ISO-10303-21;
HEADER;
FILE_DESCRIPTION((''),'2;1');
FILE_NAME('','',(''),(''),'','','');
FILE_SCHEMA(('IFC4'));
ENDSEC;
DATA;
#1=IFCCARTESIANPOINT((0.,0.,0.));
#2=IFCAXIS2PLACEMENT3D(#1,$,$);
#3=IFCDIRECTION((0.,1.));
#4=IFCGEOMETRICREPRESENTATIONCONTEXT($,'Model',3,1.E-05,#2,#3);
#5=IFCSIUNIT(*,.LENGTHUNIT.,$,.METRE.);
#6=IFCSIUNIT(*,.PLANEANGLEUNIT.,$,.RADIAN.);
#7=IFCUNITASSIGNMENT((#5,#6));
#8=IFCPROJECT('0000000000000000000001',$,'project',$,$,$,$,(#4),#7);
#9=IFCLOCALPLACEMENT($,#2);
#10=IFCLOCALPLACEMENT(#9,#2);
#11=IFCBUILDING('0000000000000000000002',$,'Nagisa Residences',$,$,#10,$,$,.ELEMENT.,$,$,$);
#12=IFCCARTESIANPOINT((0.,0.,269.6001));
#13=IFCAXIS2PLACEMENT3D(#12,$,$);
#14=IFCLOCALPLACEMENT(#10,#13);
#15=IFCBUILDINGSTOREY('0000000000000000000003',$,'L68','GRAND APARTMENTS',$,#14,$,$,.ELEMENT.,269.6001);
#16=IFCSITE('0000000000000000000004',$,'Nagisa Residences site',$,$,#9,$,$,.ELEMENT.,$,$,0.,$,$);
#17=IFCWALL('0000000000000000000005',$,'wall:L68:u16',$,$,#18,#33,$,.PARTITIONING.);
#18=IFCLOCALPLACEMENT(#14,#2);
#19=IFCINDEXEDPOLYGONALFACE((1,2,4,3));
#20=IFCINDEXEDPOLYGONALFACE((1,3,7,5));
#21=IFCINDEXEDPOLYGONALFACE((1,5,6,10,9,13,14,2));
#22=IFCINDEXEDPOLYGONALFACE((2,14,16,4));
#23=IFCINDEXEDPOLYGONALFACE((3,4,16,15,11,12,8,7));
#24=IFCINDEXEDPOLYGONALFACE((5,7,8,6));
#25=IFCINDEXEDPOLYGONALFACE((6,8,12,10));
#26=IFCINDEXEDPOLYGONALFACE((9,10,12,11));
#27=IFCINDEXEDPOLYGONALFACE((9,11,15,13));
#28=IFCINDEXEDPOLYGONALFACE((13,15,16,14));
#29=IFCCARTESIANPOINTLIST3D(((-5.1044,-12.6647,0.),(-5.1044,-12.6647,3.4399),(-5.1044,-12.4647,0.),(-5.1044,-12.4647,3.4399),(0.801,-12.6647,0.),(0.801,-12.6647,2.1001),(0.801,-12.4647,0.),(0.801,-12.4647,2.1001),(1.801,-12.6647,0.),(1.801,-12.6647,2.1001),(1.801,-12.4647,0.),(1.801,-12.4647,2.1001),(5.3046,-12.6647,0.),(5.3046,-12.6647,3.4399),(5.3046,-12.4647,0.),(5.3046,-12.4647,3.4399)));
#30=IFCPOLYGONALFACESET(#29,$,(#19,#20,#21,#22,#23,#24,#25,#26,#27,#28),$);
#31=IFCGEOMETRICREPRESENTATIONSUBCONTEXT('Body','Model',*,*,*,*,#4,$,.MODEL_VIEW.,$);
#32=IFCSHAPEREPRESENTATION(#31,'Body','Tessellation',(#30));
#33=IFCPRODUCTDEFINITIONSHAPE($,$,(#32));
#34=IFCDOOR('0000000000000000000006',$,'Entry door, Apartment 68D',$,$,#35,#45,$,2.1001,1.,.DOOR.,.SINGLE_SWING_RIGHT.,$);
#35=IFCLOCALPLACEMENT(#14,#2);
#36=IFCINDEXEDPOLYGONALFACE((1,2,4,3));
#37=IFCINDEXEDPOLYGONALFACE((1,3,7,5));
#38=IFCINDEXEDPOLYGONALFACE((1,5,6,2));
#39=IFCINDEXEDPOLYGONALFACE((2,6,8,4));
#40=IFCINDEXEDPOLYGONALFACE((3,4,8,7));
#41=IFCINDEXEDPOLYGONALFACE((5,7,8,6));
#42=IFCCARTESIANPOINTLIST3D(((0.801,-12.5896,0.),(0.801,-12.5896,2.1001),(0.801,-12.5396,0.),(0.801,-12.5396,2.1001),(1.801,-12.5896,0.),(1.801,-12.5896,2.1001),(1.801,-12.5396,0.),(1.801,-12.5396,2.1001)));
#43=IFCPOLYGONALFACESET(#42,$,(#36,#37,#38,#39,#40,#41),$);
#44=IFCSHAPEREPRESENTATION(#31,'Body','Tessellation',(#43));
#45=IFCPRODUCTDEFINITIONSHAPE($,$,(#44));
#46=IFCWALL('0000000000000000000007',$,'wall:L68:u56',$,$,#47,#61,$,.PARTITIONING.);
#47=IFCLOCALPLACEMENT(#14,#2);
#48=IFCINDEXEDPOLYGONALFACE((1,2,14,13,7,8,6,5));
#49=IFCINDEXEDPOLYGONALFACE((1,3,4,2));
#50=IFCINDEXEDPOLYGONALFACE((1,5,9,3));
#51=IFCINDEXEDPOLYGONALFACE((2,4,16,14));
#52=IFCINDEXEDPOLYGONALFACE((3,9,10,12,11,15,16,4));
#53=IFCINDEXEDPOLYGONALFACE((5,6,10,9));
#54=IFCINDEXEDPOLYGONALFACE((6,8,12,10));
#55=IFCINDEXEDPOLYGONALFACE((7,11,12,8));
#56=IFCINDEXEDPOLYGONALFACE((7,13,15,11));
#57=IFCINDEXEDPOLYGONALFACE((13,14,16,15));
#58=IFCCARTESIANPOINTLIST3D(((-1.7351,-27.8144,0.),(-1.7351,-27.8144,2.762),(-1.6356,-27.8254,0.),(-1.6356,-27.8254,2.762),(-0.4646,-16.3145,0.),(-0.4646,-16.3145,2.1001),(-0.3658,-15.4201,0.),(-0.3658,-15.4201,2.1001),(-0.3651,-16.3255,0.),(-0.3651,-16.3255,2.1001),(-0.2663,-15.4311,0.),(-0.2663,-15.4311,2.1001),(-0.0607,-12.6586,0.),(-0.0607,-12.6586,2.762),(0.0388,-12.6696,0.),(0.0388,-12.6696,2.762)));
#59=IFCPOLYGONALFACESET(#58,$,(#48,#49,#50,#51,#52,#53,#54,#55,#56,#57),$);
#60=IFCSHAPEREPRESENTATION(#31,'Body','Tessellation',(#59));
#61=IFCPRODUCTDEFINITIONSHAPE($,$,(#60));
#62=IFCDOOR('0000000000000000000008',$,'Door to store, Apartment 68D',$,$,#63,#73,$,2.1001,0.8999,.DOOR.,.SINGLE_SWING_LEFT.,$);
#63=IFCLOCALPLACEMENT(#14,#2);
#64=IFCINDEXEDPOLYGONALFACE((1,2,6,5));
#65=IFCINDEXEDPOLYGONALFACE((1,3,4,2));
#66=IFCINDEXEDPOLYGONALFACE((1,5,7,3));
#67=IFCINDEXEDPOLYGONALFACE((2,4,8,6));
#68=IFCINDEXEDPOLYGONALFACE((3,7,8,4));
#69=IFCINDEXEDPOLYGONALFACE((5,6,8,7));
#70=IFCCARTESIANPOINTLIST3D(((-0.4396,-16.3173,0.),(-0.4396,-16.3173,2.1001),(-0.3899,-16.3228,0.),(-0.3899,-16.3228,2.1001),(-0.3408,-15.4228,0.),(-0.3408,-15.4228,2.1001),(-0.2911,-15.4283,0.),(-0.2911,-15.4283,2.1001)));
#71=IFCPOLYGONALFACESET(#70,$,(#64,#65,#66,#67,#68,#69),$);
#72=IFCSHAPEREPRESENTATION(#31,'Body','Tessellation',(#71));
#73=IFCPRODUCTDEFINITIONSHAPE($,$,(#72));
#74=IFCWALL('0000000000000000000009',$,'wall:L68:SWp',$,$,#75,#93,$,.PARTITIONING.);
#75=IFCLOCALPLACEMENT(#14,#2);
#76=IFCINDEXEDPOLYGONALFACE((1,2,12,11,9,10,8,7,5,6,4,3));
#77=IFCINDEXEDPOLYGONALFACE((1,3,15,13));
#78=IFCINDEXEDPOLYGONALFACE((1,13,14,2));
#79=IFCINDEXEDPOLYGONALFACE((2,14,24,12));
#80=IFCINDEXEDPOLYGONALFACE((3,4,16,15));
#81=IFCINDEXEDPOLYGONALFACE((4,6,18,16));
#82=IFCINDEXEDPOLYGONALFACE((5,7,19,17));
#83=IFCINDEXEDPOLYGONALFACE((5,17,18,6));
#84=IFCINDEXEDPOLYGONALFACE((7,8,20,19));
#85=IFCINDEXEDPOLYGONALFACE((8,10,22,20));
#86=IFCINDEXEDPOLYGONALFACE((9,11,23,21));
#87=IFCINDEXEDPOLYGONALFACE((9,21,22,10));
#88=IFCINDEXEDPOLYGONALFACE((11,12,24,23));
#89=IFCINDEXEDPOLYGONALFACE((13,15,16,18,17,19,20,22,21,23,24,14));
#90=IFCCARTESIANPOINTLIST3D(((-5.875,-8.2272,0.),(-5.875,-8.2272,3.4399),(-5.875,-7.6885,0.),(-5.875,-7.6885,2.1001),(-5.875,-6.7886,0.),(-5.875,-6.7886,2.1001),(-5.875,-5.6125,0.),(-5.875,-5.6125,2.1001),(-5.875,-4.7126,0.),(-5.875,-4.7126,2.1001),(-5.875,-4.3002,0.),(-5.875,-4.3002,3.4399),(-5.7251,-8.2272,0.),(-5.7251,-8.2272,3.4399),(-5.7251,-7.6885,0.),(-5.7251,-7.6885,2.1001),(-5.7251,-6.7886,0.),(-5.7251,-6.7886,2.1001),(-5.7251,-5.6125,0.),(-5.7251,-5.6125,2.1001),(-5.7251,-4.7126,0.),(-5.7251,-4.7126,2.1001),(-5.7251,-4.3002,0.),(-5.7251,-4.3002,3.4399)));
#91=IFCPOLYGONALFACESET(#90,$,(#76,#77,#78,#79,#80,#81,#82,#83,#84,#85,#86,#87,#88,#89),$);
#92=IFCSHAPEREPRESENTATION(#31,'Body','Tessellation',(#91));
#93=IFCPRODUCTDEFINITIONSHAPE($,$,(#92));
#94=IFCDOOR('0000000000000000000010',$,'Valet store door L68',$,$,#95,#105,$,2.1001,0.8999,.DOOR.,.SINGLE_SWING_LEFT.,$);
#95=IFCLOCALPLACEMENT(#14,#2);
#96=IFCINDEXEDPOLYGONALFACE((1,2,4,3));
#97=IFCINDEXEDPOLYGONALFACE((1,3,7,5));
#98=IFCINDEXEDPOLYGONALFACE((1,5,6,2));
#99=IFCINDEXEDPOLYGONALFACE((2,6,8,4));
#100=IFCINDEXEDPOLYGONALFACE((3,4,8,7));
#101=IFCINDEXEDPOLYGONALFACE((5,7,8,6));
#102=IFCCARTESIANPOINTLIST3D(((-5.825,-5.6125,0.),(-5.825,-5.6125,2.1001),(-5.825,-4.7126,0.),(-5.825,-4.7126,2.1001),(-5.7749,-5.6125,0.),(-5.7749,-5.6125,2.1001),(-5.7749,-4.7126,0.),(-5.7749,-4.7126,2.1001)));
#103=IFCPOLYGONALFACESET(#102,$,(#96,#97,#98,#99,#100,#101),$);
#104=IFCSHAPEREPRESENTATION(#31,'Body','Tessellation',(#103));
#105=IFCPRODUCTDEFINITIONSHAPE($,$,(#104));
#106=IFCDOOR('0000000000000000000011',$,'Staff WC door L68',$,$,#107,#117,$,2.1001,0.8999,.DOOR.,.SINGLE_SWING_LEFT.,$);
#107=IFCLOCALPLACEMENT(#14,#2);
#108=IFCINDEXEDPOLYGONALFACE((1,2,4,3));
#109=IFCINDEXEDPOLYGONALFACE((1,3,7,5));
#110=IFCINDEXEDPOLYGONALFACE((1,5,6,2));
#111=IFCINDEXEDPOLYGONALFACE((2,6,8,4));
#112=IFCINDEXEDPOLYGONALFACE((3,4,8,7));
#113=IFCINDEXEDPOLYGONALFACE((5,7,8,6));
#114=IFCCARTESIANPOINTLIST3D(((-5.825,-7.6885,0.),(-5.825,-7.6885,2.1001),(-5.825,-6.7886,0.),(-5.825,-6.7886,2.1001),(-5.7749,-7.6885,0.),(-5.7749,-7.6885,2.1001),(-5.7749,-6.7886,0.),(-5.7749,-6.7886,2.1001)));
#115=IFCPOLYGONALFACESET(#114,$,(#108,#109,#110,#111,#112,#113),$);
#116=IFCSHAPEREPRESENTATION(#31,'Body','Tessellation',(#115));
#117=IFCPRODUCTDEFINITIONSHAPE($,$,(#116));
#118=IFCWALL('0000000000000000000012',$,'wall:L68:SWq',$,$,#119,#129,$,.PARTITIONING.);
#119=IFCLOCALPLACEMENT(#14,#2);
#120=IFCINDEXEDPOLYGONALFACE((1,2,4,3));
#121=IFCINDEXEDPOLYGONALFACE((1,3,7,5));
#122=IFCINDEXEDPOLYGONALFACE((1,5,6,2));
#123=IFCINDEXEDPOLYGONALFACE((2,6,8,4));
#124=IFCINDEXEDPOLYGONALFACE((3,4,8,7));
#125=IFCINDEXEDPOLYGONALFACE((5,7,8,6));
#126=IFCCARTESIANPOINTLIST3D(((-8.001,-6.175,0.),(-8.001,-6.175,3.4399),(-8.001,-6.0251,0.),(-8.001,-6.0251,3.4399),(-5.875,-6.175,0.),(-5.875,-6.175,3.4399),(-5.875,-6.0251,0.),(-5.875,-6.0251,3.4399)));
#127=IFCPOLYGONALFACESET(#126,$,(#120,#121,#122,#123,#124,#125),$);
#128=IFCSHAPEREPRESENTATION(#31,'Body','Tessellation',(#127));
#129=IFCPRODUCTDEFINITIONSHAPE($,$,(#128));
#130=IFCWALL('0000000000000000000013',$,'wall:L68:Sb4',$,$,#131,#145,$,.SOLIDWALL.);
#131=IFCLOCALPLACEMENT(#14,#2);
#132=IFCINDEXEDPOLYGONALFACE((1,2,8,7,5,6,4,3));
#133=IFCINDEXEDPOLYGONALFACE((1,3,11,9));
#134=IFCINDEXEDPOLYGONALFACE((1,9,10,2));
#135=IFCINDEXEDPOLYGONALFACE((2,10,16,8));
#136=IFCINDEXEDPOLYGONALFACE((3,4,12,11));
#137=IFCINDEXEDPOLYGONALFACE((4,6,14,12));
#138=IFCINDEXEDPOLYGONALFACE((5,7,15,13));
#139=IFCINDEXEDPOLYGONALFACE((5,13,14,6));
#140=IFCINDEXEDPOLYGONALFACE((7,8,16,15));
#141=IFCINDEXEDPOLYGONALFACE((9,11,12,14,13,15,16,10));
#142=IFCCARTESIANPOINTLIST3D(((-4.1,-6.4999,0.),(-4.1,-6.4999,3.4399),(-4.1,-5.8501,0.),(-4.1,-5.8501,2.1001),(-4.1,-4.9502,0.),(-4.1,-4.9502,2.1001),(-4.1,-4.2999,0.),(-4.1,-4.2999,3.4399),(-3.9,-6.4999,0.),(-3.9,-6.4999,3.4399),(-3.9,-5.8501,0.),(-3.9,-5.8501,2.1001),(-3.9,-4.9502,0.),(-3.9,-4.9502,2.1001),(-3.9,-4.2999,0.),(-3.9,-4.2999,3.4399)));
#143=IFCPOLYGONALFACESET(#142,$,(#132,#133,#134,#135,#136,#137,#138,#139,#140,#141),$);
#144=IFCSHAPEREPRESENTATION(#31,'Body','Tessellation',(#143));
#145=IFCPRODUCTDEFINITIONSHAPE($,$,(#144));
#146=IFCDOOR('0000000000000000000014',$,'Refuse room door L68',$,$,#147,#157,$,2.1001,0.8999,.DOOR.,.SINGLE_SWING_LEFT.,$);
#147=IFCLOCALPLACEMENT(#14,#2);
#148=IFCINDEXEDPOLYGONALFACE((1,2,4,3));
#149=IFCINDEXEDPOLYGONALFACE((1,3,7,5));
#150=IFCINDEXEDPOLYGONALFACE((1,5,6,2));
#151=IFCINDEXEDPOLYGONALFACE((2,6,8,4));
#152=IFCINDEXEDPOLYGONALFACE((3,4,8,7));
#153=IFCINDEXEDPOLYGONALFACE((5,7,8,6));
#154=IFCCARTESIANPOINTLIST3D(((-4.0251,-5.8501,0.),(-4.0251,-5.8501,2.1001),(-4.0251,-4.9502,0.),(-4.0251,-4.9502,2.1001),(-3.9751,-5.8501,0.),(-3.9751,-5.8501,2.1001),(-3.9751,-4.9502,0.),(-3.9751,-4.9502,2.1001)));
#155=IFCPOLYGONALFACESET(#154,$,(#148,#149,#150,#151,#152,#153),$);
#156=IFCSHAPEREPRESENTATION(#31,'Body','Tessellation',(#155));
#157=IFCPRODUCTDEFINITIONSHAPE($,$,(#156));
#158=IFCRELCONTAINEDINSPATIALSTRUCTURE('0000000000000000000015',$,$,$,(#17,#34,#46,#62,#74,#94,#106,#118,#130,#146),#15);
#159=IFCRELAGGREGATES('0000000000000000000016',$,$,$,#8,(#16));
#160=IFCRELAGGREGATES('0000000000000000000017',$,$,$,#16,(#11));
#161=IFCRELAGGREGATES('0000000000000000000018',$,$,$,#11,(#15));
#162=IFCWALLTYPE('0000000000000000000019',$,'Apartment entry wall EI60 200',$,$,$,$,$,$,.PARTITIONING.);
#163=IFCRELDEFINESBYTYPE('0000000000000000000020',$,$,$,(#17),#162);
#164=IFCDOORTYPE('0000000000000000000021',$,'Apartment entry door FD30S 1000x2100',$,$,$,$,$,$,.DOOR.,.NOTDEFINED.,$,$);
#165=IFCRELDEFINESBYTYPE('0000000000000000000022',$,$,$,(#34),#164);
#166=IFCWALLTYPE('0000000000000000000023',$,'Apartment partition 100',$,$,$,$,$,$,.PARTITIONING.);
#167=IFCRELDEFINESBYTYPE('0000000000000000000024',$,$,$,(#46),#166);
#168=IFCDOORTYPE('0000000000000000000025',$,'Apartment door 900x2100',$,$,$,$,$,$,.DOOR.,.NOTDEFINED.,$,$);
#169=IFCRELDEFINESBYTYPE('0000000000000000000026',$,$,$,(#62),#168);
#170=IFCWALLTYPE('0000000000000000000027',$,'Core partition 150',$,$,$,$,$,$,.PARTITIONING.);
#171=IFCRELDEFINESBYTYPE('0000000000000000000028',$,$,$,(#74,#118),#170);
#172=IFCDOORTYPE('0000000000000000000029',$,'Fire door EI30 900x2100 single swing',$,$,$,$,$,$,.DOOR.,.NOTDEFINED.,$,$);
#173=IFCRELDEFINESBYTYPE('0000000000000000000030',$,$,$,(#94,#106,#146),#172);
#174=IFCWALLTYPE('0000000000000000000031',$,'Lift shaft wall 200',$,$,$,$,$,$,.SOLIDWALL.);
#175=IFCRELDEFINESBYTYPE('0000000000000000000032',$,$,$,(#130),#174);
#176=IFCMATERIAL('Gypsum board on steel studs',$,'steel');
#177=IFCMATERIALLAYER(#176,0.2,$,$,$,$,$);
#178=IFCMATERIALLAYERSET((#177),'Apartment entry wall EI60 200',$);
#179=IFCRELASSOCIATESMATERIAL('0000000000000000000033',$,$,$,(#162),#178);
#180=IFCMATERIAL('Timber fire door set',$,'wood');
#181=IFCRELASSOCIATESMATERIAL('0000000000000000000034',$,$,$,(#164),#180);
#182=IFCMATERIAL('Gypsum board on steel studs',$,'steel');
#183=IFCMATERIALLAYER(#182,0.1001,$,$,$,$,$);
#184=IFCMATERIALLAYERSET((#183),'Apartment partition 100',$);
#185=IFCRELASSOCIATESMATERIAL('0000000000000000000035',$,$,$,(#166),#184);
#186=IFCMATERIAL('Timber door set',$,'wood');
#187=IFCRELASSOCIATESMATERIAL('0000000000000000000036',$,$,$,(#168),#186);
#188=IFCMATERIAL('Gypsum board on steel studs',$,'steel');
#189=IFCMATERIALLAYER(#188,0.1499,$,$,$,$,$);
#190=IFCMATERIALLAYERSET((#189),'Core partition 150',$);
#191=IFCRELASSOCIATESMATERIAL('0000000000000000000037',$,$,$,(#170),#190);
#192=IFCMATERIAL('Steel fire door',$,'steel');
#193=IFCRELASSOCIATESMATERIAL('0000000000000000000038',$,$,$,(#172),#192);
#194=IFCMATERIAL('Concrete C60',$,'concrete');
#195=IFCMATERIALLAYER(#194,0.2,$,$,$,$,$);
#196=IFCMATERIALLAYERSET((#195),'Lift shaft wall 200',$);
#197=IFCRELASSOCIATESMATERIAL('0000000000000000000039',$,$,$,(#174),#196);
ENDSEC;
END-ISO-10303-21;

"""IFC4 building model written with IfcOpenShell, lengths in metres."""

from ifc_helpers import new_model, si_unit, direction, frame, frame_2d, origin, place, context, subcontext, project, spatial, rectangle, extrude, material, layer, layer_set, type_object, element, fill, save


model = new_model("IFC4")

# Units and contexts
model_context = context("Model", 3, precision=1e-05, world=origin(), true_north=direction((0.0, 1.0)))
body_context = subcontext(model_context, "Body", "Model", "MODEL_VIEW")
ifc_project = project(units=[si_unit("LENGTHUNIT", "METRE"), si_unit("PLANEANGLEUNIT", "RADIAN")], contexts=[model_context])

# Site, building, storey
site_placement = place(None, origin())
site = spatial("IfcSite", under=ifc_project, at=site_placement, Name="Nagisa Residences site", CompositionType="ELEMENT", RefElevation=0.0)
building_placement = place(site_placement, origin())
building = spatial("IfcBuilding", under=site, at=building_placement, Name="Nagisa Residences", CompositionType="ELEMENT")
storey_placement = place(building_placement, frame((0.0, 0.0, 269.6001)))
storey = spatial("IfcBuildingStorey", under=building, at=storey_placement, Name="L68", Description="GRAND APARTMENTS", CompositionType="ELEMENT", Elevation=269.6001)

# Walls, openings, doors
ifc_material_1 = material(Name="Gypsum board on steel studs", Category="steel")
ifc_layer_1 = layer(ifc_material_1, 0.2)
ifc_layer_set_1 = layer_set([ifc_layer_1], Name="Apartment entry wall EI60 200")
wall_type_1 = type_object("IfcWallType", Name="Apartment entry wall EI60 200", PredefinedType="PARTITIONING", material=ifc_layer_set_1)
wall_1_placement = place(storey_placement, frame((-5.1045, -12.5647, 0.0), z_axis=(0.0, 0.0, 1.0), x_axis=(1.0, 0.0, 0.0)))
wall_1 = element("IfcWall", 1, at=wall_1_placement, inside=storey, type_object=wall_type_1, Name="wall:L68:u16", PredefinedType="PARTITIONING", context=body_context, shape_type="SweptSolid", body=[
    extrude(rectangle(XDim=10.4089, YDim=0.2, at=frame_2d((5.2046, 0.0))), origin(), (0.0, 0.0, 1.0), 3.4399),
])
opening_1_placement = place(wall_1_placement, frame((5.9055, 0.0, 0.0)))
opening_1 = element("IfcOpeningElement", 2, at=opening_1_placement, cuts=wall_1, PredefinedType="OPENING", context=body_context, shape_type="SweptSolid", body=[
    extrude(rectangle(XDim=1.0, YDim=2.1001, at=frame_2d((0.5, 1.05))), frame((0.0, 0.1099, 0.0), z_axis=(0.0, -1.0, 0.0), x_axis=(1.0, 0.0, 0.0)), (0.0, 0.0, 1.0), 0.22),
])
ifc_material_2 = material(Name="Timber fire door set", Category="wood")
door_type_1 = type_object("IfcDoorType", Name="Apartment entry door FD30S 1000x2100", OperationType="NOTDEFINED", PredefinedType="DOOR", material=ifc_material_2)
door_1_placement = place(opening_1_placement, frame((1.0, 0.0, 0.0), x_axis=(-1.0, 0.0, 0.0)))
door_1 = element("IfcDoor", 3, at=door_1_placement, inside=storey, type_object=door_type_1, Name="Entry door, Apartment 68D", OperationType="SINGLE_SWING_RIGHT", OverallHeight=2.1001, OverallWidth=1.0, PredefinedType="DOOR", context=body_context, shape_type="SweptSolid", body=[
    extrude(rectangle(XDim=1.0, YDim=2.1001, at=frame_2d((0.5, 1.05))), frame((0.0, 0.0249, 0.0), z_axis=(0.0, -1.0, 0.0), x_axis=(1.0, 0.0, 0.0)), (0.0, 0.0, 1.0), 0.05),
])
fill(opening_1, door_1)
ifc_material_3 = material(Name="Gypsum board on steel studs", Category="steel")
ifc_layer_2 = layer(ifc_material_3, 0.1001)
ifc_layer_set_2 = layer_set([ifc_layer_2], Name="Apartment partition 100")
wall_type_2 = type_object("IfcWallType", Name="Apartment partition 100", PredefinedType="PARTITIONING", material=ifc_layer_set_2)
wall_2_placement = place(storey_placement, frame((-0.011, -12.6641, 0.0), z_axis=(0.0, 0.0, 1.0), x_axis=(-0.109806, -0.993953, 0.0)))
wall_2 = element("IfcWall", 4, at=wall_2_placement, inside=storey, type_object=wall_type_2, Name="wall:L68:u56", PredefinedType="PARTITIONING", context=body_context, shape_type="SweptSolid", body=[
    extrude(rectangle(XDim=15.248, YDim=0.1001, at=frame_2d((7.624, 0.0))), origin(), (0.0, 0.0, 1.0), 2.762),
])
opening_2_placement = place(wall_2_placement, frame((2.7783, 0.0, 0.0)))
opening_2 = element("IfcOpeningElement", 5, at=opening_2_placement, cuts=wall_2, PredefinedType="OPENING", context=body_context, shape_type="SweptSolid", body=[
    extrude(rectangle(XDim=0.8999, YDim=2.1001, at=frame_2d((0.45, 1.05))), frame((0.0, 0.0601, 0.0), z_axis=(0.0, -1.0, 0.0), x_axis=(1.0, 0.0, 0.0)), (0.0, 0.0, 1.0), 0.1201),
])
ifc_material_4 = material(Name="Timber door set", Category="wood")
door_type_2 = type_object("IfcDoorType", Name="Apartment door 900x2100", OperationType="NOTDEFINED", PredefinedType="DOOR", material=ifc_material_4)
door_2_placement = place(opening_2_placement, frame((0.8999, 0.0, 0.0), x_axis=(-1.0, 0.0, 0.0)))
door_2 = element("IfcDoor", 6, at=door_2_placement, inside=storey, type_object=door_type_2, Name="Door to store, Apartment 68D", OperationType="SINGLE_SWING_LEFT", OverallHeight=2.1001, OverallWidth=0.8999, PredefinedType="DOOR", context=body_context, shape_type="SweptSolid", body=[
    extrude(rectangle(XDim=0.8999, YDim=2.1001, at=frame_2d((0.45, 1.05))), frame((0.0, 0.0249, 0.0), z_axis=(0.0, -1.0, 0.0), x_axis=(1.0, 0.0, 0.0)), (0.0, 0.0, 1.0), 0.05),
])
fill(opening_2, door_2)

# Wall, openings, doors
ifc_material_5 = material(Name="Gypsum board on steel studs", Category="steel")
ifc_layer_3 = layer(ifc_material_5, 0.1499)
ifc_layer_set_3 = layer_set([ifc_layer_3], Name="Core partition 150")
wall_type_3 = type_object("IfcWallType", Name="Core partition 150", PredefinedType="PARTITIONING", material=ifc_layer_set_3)
wall_3_placement = place(storey_placement, frame((-5.8, -8.2271, 0.0), z_axis=(0.0, 0.0, 1.0), x_axis=(0.0, 1.0, 0.0)))
wall_3 = element("IfcWall", 7, at=wall_3_placement, inside=storey, type_object=wall_type_3, Name="wall:L68:SWp", PredefinedType="PARTITIONING", context=body_context, shape_type="SweptSolid", body=[
    extrude(rectangle(XDim=3.927, YDim=0.1499, at=frame_2d((1.9634, 0.0))), origin(), (0.0, 0.0, 1.0), 3.4399),
])
opening_3_placement = place(wall_3_placement, frame((2.6145, 0.0, 0.0)))
opening_3 = element("IfcOpeningElement", 8, at=opening_3_placement, cuts=wall_3, PredefinedType="OPENING", context=body_context, shape_type="SweptSolid", body=[
    extrude(rectangle(XDim=0.8999, YDim=2.1001, at=frame_2d((0.45, 1.05))), frame((0.0, 0.085, 0.0), z_axis=(0.0, -1.0, 0.0), x_axis=(1.0, 0.0, 0.0)), (0.0, 0.0, 1.0), 0.1699),
])
opening_4_placement = place(wall_3_placement, frame((0.5386, 0.0, 0.0)))
opening_4 = element("IfcOpeningElement", 9, at=opening_4_placement, cuts=wall_3, PredefinedType="OPENING", context=body_context, shape_type="SweptSolid", body=[
    extrude(rectangle(XDim=0.8999, YDim=2.1001, at=frame_2d((0.45, 1.05))), frame((0.0, 0.085, 0.0), z_axis=(0.0, -1.0, 0.0), x_axis=(1.0, 0.0, 0.0)), (0.0, 0.0, 1.0), 0.1699),
])
ifc_material_6 = material(Name="Steel fire door", Category="steel")
door_type_3 = type_object("IfcDoorType", Name="Fire door EI30 900x2100 single swing", OperationType="NOTDEFINED", PredefinedType="DOOR", material=ifc_material_6)
door_3_placement = place(opening_3_placement, origin())
door_3 = element("IfcDoor", 10, at=door_3_placement, inside=storey, type_object=door_type_3, Name="Valet store door L68", OperationType="SINGLE_SWING_LEFT", OverallHeight=2.1001, OverallWidth=0.8999, PredefinedType="DOOR", context=body_context, shape_type="SweptSolid", body=[
    extrude(rectangle(XDim=0.8999, YDim=2.1001, at=frame_2d((0.45, 1.05))), frame((0.0, 0.0249, 0.0), z_axis=(0.0, -1.0, 0.0), x_axis=(1.0, 0.0, 0.0)), (0.0, 0.0, 1.0), 0.05),
])
fill(opening_3, door_3)
door_4_placement = place(opening_4_placement, origin())
door_4 = element("IfcDoor", 11, at=door_4_placement, inside=storey, type_object=door_type_3, Name="Staff WC door L68", OperationType="SINGLE_SWING_LEFT", OverallHeight=2.1001, OverallWidth=0.8999, PredefinedType="DOOR", context=body_context, shape_type="SweptSolid", body=[
    extrude(rectangle(XDim=0.8999, YDim=2.1001, at=frame_2d((0.45, 1.05))), frame((0.0, 0.0249, 0.0), z_axis=(0.0, -1.0, 0.0), x_axis=(1.0, 0.0, 0.0)), (0.0, 0.0, 1.0), 0.05),
])
fill(opening_4, door_4)

# Wall
wall_4_placement = place(storey_placement, frame((-8.001, -6.1001, 0.0), z_axis=(0.0, 0.0, 1.0), x_axis=(1.0, 0.0, 0.0)))
element("IfcWall", 12, at=wall_4_placement, inside=storey, type_object=wall_type_3, Name="wall:L68:SWq", PredefinedType="PARTITIONING", context=body_context, shape_type="SweptSolid", body=[
    extrude(rectangle(XDim=2.126, YDim=0.1499, at=frame_2d((1.063, 0.0))), origin(), (0.0, 0.0, 1.0), 3.4399),
])

# Wall, opening, door
ifc_material_7 = material(Name="Concrete C60", Category="concrete")
ifc_layer_4 = layer(ifc_material_7, 0.2)
ifc_layer_set_4 = layer_set([ifc_layer_4], Name="Lift shaft wall 200")
wall_type_4 = type_object("IfcWallType", Name="Lift shaft wall 200", PredefinedType="SOLIDWALL", material=ifc_layer_set_4)
wall_5_placement = place(storey_placement, frame((-4.0, -6.5, 0.0), z_axis=(0.0, 0.0, 1.0), x_axis=(0.0, 1.0, 0.0)))
wall_5 = element("IfcWall", 13, at=wall_5_placement, inside=storey, type_object=wall_type_4, Name="wall:L68:Sb4", PredefinedType="SOLIDWALL", context=body_context, shape_type="SweptSolid", body=[
    extrude(rectangle(XDim=2.2, YDim=0.2, at=frame_2d((1.1001, 0.0))), origin(), (0.0, 0.0, 1.0), 3.4399),
])
opening_5_placement = place(wall_5_placement, frame((0.6499, 0.0, 0.0)))
opening_5 = element("IfcOpeningElement", 14, at=opening_5_placement, cuts=wall_5, PredefinedType="OPENING", context=body_context, shape_type="SweptSolid", body=[
    extrude(rectangle(XDim=0.8999, YDim=2.1001, at=frame_2d((0.45, 1.05))), frame((0.0, 0.1099, 0.0), z_axis=(0.0, -1.0, 0.0), x_axis=(1.0, 0.0, 0.0)), (0.0, 0.0, 1.0), 0.22),
])
door_5_placement = place(opening_5_placement, frame((0.8999, 0.0, 0.0), x_axis=(-1.0, 0.0, 0.0)))
door_5 = element("IfcDoor", 15, at=door_5_placement, inside=storey, type_object=door_type_3, Name="Refuse room door L68", OperationType="SINGLE_SWING_LEFT", OverallHeight=2.1001, OverallWidth=0.8999, PredefinedType="DOOR", context=body_context, shape_type="SweptSolid", body=[
    extrude(rectangle(XDim=0.8999, YDim=2.1001, at=frame_2d((0.45, 1.05))), frame((0.0, 0.0249, 0.0), z_axis=(0.0, -1.0, 0.0), x_axis=(1.0, 0.0, 0.0)), (0.0, 0.0, 1.0), 0.05),
])
fill(opening_5, door_5)

save(model, "model.ifc")
